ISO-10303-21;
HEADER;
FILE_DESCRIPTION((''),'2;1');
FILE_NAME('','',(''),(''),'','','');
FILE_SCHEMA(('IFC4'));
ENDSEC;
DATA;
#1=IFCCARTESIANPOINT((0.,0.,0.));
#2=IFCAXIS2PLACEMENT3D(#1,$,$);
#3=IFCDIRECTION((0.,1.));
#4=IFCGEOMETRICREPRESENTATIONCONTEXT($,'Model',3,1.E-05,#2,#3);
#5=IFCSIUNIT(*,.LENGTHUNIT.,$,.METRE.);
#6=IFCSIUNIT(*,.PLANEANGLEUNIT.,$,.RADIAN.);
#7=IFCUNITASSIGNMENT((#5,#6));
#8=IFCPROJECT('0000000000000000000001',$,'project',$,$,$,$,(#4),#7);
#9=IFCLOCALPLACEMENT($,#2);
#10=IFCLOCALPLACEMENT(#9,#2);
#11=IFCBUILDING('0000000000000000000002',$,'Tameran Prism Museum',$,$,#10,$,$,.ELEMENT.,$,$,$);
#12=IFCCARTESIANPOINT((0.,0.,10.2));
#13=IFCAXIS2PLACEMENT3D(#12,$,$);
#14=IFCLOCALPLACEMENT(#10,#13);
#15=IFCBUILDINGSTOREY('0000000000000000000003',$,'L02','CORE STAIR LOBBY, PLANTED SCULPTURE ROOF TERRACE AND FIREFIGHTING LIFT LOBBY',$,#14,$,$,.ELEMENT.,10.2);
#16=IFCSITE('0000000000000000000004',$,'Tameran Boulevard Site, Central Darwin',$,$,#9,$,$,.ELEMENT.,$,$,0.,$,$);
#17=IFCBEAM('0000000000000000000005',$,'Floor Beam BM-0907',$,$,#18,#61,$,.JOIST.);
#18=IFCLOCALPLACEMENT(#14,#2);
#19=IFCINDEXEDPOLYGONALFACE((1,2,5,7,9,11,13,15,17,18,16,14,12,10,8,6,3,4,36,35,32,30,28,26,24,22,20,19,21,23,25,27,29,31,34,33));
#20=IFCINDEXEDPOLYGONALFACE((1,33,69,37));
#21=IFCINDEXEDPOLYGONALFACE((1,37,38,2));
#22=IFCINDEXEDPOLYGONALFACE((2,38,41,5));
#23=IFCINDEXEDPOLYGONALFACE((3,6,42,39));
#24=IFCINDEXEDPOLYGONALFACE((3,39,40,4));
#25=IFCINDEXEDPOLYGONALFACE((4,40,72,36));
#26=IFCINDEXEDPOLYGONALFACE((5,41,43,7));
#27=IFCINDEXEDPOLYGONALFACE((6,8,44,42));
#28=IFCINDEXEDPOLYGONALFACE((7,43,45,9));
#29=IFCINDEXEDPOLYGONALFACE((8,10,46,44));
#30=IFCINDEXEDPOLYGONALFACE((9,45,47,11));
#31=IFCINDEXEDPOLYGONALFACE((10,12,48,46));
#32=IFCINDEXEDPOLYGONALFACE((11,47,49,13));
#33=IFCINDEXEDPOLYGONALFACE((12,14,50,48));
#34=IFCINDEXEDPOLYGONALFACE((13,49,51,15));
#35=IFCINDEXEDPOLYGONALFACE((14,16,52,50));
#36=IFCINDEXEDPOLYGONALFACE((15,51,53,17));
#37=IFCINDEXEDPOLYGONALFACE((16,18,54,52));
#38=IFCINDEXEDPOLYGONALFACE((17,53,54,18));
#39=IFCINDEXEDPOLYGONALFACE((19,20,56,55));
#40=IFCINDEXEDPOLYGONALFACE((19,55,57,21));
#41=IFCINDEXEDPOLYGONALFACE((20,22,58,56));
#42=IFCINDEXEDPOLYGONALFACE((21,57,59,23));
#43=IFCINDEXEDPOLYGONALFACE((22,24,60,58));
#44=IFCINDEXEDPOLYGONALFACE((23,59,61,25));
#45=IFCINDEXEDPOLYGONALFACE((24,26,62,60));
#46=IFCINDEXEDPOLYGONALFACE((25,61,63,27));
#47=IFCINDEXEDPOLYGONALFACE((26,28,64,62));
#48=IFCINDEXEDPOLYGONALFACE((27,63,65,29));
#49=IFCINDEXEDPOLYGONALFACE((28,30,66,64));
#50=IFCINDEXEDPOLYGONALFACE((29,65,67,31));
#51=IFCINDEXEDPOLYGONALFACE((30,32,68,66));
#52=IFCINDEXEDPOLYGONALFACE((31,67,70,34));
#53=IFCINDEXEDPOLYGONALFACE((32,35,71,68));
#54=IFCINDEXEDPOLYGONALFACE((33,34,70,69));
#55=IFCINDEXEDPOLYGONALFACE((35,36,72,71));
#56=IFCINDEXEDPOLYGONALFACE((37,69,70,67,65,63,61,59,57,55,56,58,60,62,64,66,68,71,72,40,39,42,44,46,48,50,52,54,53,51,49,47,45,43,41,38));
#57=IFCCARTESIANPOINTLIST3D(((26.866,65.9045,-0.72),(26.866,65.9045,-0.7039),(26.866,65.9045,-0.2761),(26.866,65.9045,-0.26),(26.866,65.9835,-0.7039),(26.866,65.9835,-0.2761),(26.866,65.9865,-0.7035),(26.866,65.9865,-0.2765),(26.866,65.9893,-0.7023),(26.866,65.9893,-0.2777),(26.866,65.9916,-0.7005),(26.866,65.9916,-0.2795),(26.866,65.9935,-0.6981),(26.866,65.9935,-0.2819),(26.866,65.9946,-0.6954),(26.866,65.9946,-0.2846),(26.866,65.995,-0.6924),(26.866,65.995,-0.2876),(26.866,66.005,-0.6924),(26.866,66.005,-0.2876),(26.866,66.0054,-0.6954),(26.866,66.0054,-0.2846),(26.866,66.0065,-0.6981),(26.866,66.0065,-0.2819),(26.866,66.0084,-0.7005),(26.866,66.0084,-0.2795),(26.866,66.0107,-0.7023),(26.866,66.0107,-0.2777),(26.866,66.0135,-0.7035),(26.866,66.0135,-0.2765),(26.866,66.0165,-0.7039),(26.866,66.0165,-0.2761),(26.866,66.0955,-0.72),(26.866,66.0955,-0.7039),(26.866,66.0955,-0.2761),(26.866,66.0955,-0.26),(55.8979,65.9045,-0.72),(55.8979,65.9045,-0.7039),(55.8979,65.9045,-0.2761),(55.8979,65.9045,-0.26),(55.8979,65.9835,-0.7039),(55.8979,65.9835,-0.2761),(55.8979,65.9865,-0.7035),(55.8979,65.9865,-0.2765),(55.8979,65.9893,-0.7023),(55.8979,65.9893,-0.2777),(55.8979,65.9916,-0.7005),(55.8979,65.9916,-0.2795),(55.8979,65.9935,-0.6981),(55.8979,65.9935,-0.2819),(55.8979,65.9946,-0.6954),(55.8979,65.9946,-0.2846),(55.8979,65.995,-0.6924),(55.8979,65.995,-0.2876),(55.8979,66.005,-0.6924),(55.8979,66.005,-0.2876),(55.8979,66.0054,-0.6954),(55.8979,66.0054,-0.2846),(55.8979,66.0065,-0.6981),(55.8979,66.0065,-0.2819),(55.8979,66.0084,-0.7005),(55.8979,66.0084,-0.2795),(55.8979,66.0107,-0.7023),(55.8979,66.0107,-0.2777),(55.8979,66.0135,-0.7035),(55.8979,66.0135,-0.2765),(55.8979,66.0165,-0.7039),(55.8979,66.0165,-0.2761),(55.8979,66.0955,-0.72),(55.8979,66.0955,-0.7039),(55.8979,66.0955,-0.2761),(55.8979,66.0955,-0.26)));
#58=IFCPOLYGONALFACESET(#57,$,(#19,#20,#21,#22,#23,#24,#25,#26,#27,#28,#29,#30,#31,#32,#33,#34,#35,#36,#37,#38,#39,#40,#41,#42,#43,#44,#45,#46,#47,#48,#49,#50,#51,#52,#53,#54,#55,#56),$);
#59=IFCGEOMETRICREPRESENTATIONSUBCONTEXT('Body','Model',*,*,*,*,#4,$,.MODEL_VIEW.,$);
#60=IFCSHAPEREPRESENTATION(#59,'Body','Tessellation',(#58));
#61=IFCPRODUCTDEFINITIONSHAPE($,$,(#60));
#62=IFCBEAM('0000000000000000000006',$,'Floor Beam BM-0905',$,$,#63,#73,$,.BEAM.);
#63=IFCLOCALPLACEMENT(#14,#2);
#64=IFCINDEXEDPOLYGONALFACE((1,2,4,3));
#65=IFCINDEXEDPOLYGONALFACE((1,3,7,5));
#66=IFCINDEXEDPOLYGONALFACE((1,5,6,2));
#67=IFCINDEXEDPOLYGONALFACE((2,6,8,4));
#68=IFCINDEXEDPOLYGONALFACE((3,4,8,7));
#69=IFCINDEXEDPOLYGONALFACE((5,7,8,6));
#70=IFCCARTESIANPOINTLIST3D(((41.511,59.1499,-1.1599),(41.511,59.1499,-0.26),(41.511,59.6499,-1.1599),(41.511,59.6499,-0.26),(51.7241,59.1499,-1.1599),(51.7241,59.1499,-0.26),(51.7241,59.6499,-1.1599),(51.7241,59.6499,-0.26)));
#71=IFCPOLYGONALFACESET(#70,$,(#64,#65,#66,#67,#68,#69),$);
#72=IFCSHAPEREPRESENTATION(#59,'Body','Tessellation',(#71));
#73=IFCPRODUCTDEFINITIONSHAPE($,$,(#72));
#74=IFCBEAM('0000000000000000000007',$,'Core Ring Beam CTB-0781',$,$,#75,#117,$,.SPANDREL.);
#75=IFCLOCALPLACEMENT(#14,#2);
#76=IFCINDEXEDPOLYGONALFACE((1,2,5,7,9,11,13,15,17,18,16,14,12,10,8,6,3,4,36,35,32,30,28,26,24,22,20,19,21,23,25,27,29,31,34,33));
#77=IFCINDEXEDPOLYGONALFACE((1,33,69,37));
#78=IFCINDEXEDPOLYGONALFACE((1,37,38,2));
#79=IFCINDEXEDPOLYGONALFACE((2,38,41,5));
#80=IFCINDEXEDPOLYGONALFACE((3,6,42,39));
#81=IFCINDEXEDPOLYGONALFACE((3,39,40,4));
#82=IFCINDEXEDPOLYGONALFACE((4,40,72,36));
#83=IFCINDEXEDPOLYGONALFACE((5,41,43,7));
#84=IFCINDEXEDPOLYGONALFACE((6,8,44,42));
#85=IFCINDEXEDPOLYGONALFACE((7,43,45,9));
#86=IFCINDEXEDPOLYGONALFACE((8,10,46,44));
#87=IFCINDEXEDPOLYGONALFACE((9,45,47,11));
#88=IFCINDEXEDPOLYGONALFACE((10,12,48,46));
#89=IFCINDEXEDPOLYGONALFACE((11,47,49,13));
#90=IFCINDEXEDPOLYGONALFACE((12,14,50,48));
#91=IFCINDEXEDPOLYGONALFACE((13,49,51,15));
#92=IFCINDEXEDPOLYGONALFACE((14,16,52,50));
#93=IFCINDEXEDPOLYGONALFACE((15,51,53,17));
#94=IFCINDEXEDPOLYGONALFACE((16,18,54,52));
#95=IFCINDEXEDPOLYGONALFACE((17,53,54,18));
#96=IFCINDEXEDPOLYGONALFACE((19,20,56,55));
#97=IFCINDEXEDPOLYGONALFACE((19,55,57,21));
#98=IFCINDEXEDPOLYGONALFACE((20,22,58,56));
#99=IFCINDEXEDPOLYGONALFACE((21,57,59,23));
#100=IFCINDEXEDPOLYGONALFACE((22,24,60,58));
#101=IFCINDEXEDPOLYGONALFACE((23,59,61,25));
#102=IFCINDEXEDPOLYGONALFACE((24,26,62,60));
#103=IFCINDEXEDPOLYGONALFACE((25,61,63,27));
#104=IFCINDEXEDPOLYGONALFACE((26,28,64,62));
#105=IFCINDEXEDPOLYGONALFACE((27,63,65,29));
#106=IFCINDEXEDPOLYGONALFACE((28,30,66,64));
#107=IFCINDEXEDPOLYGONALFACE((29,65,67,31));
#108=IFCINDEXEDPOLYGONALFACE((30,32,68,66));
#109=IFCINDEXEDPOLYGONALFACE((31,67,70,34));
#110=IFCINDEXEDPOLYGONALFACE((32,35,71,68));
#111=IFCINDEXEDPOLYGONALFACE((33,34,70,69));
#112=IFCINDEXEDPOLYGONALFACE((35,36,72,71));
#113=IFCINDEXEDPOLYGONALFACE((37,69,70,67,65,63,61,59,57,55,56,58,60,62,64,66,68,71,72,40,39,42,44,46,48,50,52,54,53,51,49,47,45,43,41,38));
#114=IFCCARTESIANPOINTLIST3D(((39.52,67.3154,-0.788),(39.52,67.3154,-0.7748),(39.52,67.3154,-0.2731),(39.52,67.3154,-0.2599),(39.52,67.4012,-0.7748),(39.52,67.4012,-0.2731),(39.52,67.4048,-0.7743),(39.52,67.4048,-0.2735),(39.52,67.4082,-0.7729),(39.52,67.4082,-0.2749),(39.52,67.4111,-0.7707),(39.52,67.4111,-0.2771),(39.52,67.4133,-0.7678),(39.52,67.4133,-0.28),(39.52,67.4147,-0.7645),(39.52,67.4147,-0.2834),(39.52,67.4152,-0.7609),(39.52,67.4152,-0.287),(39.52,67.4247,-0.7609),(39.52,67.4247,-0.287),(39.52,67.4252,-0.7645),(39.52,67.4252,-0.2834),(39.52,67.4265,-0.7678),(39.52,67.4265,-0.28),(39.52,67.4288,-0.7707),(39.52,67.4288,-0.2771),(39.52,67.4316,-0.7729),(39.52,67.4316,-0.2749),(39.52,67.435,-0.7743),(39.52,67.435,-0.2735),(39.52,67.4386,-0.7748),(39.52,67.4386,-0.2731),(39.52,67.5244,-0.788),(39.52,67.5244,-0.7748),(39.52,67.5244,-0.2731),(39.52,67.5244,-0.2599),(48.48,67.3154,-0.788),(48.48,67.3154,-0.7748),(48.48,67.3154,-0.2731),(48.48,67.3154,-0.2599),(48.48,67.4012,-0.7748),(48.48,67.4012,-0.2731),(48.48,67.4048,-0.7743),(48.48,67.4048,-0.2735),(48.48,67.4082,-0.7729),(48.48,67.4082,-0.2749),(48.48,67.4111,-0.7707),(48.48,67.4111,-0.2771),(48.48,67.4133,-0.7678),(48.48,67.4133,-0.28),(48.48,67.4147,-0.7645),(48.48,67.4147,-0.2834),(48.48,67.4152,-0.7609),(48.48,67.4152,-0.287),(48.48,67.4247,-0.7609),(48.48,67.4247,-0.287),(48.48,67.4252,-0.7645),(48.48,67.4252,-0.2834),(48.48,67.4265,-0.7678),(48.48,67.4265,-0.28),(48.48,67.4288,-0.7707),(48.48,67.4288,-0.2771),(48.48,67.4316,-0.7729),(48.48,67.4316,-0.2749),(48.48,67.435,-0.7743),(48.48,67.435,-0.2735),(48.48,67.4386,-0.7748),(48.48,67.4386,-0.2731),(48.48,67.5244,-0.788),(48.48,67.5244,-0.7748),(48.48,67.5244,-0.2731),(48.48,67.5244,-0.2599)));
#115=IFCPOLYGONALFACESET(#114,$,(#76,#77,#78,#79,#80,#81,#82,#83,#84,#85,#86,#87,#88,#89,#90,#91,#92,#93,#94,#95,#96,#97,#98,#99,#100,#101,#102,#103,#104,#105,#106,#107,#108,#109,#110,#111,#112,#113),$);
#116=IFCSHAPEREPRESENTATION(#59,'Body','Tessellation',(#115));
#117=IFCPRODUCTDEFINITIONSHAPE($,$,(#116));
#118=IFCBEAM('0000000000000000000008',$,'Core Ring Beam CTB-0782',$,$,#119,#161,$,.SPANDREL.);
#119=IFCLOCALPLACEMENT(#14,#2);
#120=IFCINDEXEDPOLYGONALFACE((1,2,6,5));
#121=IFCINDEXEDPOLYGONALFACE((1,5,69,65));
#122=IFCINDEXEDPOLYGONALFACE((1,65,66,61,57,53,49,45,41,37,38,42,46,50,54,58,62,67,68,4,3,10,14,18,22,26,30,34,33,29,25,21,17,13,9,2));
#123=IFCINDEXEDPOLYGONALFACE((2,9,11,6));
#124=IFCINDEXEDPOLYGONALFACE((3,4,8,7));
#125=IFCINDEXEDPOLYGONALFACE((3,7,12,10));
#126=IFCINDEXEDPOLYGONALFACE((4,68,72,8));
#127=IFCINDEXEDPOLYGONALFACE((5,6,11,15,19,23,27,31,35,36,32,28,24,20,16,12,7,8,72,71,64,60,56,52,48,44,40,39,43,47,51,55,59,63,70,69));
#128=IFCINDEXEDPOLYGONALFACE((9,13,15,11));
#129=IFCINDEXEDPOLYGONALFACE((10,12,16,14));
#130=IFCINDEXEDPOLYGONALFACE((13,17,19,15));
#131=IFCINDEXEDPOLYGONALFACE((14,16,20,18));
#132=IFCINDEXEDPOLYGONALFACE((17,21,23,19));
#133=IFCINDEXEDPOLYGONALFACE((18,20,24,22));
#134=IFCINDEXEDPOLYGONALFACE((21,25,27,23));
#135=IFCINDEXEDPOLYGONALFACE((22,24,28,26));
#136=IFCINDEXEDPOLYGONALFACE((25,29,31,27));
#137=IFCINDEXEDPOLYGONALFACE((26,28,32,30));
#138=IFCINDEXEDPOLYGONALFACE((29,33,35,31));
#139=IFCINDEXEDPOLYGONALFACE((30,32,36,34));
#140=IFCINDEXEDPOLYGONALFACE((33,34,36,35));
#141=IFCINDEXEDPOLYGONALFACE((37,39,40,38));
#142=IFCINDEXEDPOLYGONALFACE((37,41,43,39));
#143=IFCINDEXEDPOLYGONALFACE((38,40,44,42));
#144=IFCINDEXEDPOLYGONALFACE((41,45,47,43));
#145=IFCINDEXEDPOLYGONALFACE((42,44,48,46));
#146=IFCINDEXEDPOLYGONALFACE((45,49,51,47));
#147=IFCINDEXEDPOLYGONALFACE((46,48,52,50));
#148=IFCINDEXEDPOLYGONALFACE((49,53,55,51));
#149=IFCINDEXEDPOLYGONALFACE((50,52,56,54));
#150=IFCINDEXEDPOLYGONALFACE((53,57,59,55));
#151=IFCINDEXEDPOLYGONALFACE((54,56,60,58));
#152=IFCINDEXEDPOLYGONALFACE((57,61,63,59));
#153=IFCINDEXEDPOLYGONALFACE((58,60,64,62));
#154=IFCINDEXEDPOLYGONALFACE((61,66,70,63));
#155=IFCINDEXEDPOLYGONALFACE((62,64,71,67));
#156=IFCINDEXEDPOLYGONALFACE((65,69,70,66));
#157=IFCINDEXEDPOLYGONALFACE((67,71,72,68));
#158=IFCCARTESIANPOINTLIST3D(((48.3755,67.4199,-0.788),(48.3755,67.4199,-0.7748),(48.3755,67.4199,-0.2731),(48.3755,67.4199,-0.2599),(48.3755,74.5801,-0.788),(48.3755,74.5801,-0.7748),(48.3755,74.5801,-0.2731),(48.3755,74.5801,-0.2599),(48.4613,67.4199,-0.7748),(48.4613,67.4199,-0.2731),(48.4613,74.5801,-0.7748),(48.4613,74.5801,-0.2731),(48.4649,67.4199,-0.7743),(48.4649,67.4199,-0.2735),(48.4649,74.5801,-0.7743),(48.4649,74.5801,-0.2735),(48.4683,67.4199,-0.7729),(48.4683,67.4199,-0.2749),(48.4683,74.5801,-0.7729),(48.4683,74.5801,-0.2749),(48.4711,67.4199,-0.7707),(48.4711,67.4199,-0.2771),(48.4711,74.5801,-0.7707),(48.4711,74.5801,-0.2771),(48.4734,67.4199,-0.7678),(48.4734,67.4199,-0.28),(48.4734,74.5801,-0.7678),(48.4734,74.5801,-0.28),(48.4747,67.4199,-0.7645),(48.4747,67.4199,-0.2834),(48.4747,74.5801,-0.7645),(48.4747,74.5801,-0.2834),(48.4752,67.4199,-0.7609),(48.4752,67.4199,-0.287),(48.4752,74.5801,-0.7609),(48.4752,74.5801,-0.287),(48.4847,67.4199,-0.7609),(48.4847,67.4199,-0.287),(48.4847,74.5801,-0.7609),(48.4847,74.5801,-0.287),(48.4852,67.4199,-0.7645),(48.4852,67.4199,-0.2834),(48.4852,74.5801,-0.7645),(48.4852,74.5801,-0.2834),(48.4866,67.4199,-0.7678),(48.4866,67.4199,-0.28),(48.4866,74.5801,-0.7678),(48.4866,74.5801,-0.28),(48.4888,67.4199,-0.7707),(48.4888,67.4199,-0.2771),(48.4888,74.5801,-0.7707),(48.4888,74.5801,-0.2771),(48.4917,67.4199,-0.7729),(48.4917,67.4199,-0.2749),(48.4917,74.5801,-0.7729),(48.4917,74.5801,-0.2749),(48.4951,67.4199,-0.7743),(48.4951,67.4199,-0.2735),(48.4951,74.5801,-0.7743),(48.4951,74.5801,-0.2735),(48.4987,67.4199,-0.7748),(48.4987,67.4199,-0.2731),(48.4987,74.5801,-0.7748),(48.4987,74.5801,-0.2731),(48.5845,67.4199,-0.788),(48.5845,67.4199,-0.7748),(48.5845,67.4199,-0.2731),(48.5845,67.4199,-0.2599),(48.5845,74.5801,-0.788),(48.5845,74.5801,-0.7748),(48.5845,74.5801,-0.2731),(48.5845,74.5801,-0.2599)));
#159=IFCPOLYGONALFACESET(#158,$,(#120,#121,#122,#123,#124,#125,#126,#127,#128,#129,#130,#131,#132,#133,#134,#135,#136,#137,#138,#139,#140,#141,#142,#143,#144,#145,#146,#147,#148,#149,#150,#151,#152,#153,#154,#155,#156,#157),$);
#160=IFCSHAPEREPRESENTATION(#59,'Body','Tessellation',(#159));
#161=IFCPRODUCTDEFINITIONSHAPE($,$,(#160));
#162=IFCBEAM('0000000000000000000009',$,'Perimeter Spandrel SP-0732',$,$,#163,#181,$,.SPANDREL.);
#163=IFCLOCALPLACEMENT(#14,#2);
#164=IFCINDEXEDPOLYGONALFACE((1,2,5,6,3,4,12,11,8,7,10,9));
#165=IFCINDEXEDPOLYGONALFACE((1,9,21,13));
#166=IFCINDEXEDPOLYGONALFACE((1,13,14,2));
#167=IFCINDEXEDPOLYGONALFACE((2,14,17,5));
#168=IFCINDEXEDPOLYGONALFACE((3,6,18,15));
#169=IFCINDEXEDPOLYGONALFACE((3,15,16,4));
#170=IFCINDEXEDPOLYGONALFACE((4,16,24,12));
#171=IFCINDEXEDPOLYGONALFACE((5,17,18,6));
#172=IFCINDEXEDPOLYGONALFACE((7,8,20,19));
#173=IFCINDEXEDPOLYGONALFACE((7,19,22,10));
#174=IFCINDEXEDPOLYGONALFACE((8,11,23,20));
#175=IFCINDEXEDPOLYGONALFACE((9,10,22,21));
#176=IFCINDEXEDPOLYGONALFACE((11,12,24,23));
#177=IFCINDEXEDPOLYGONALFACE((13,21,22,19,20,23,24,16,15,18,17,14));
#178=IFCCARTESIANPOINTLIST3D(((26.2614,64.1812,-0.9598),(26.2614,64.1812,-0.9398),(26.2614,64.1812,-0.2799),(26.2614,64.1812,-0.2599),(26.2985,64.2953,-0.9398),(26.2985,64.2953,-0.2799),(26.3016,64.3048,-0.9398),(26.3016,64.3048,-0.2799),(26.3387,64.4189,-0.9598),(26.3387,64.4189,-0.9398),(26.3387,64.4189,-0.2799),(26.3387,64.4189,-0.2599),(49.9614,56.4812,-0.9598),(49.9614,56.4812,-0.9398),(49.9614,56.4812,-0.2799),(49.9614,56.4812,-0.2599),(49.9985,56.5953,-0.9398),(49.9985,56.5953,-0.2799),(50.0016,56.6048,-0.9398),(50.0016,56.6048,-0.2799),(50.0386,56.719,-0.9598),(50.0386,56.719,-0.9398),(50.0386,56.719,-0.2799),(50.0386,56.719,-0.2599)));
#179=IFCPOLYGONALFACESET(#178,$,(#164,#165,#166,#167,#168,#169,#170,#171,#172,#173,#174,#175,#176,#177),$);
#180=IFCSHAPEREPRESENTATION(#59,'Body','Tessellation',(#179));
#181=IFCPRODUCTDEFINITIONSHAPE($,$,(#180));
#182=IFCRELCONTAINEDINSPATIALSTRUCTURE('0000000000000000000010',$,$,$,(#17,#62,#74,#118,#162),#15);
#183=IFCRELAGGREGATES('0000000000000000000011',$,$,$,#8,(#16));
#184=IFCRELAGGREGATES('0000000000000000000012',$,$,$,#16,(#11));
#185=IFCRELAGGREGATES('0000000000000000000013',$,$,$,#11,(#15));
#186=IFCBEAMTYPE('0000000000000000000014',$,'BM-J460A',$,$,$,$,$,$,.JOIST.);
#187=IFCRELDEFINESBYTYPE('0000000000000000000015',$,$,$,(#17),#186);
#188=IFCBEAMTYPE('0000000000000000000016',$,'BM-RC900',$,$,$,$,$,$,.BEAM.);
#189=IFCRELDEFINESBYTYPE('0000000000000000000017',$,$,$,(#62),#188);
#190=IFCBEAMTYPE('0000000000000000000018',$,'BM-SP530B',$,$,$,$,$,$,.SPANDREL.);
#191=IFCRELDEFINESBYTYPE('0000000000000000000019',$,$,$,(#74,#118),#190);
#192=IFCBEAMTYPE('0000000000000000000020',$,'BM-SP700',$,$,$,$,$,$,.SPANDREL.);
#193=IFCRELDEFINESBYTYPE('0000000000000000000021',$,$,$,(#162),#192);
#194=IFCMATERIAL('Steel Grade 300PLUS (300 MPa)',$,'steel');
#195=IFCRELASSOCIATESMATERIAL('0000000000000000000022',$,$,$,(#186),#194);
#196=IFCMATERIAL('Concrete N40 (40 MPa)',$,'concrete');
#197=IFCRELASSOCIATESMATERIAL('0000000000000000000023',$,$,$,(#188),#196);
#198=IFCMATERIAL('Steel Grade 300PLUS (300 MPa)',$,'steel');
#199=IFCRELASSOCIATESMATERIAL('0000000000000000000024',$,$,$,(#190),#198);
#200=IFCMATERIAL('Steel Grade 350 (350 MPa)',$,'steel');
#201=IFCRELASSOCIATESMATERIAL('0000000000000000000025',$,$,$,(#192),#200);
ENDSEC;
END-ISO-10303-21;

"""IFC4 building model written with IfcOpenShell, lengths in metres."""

from ifc_helpers import new_model, si_unit, direction, frame, origin, origin_2d, place, context, subcontext, project, spatial, rectangle, i_section, extrude, material, material_profile, profile_set, type_object, element, save


model = new_model("IFC4")

# Units and contexts
model_context = context("Model", 3, precision=1e-05, world=origin(), true_north=direction((0.0, 1.0)))
body_context = subcontext(model_context, "Body", "Model", "MODEL_VIEW")
ifc_project = project(units=[si_unit("LENGTHUNIT", "METRE"), si_unit("PLANEANGLEUNIT", "RADIAN")], contexts=[model_context])

# Site, building, storey
site_placement = place(None, origin())
site = spatial("IfcSite", under=ifc_project, at=site_placement, Name="Tameran Boulevard Site, Central Darwin", CompositionType="ELEMENT", RefElevation=0.0)
building_placement = place(site_placement, origin())
building = spatial("IfcBuilding", under=site, at=building_placement, Name="Tameran Prism Museum", CompositionType="ELEMENT")
storey_placement = place(building_placement, frame((0.0, 0.0, 10.2)))
storey = spatial("IfcBuildingStorey", under=building, at=storey_placement, Name="L02", Description="CORE STAIR LOBBY, PLANTED SCULPTURE ROOF TERRACE AND FIREFIGHTING LIFT LOBBY", CompositionType="ELEMENT", Elevation=10.2)

# Beams
ifc_material_1 = material(Name="Steel Grade 300PLUS (300 MPa)", Category="steel")
ifc_material_profile_1 = material_profile(ifc_material_1, i_section(OverallWidth=0.1909, OverallDepth=0.46, WebThickness=0.01, FlangeThickness=0.0161, FilletRadius=0.0115, at=origin_2d()))
ifc_profile_set_1 = profile_set([ifc_material_profile_1])
beam_type_1 = type_object("IfcBeamType", Name="BM-J460A", PredefinedType="JOIST", material=ifc_profile_set_1)
beam_1_placement = place(storey_placement, frame((26.866, 66.0, -0.49), z_axis=(1.0, 0.0, 0.0), x_axis=(0.0, 1.0, 0.0)))
element("IfcBeam", 1, at=beam_1_placement, inside=storey, type_object=beam_type_1, Name="Floor Beam BM-0907", PredefinedType="JOIST", context=body_context, shape_type="SweptSolid", body=[
    extrude(i_section(OverallWidth=0.1909, OverallDepth=0.46, WebThickness=0.01, FlangeThickness=0.0161, FilletRadius=0.0115, at=origin_2d()), origin(), (0.0, 0.0, 1.0), 29.032),
])
ifc_material_2 = material(Name="Concrete N40 (40 MPa)", Category="concrete")
ifc_material_profile_2 = material_profile(ifc_material_2, rectangle(XDim=0.5, YDim=0.8999, at=origin_2d()))
ifc_profile_set_2 = profile_set([ifc_material_profile_2])
beam_type_2 = type_object("IfcBeamType", Name="BM-RC900", PredefinedType="BEAM", material=ifc_profile_set_2)
beam_2_placement = place(storey_placement, frame((41.511, 59.3999, -0.71), z_axis=(1.0, 0.0, 0.0), x_axis=(0.0, 1.0, 0.0)))
element("IfcBeam", 2, at=beam_2_placement, inside=storey, type_object=beam_type_2, Name="Floor Beam BM-0905", PredefinedType="BEAM", context=body_context, shape_type="SweptSolid", body=[
    extrude(rectangle(XDim=0.5, YDim=0.8999, at=origin_2d()), origin(), (0.0, 0.0, 1.0), 10.2131),
])
ifc_material_3 = material(Name="Steel Grade 300PLUS (300 MPa)", Category="steel")
ifc_material_profile_3 = material_profile(ifc_material_3, i_section(OverallWidth=0.209, OverallDepth=0.5281, WebThickness=0.0095, FlangeThickness=0.0132, FilletRadius=0.0139, at=origin_2d()))
ifc_profile_set_3 = profile_set([ifc_material_profile_3])
beam_type_3 = type_object("IfcBeamType", Name="BM-SP530B", PredefinedType="SPANDREL", material=ifc_profile_set_3)
beam_3_placement = place(storey_placement, frame((39.52, 67.4199, -0.5239), z_axis=(1.0, 0.0, 0.0), x_axis=(0.0, 1.0, 0.0)))
element("IfcBeam", 3, at=beam_3_placement, inside=storey, type_object=beam_type_3, Name="Core Ring Beam CTB-0781", PredefinedType="SPANDREL", context=body_context, shape_type="SweptSolid", body=[
    extrude(i_section(OverallWidth=0.209, OverallDepth=0.5281, WebThickness=0.0095, FlangeThickness=0.0132, FilletRadius=0.0139, at=origin_2d()), origin(), (0.0, 0.0, 1.0), 8.96),
])
beam_4_placement = place(storey_placement, frame((48.48, 67.4199, -0.5239), z_axis=(0.0, 1.0, 0.0), x_axis=(-1.0, 0.0, 0.0)))
element("IfcBeam", 4, at=beam_4_placement, inside=storey, type_object=beam_type_3, Name="Core Ring Beam CTB-0782", PredefinedType="SPANDREL", context=body_context, shape_type="SweptSolid", body=[
    extrude(i_section(OverallWidth=0.209, OverallDepth=0.5281, WebThickness=0.0095, FlangeThickness=0.0132, FilletRadius=0.0139, at=origin_2d()), origin(), (0.0, 0.0, 1.0), 7.1602),
])
ifc_material_4 = material(Name="Steel Grade 350 (350 MPa)", Category="steel")
ifc_material_profile_4 = material_profile(ifc_material_4, i_section(OverallWidth=0.25, OverallDepth=0.7, WebThickness=0.01, FlangeThickness=0.02, at=origin_2d()))
ifc_profile_set_4 = profile_set([ifc_material_profile_4])
beam_type_4 = type_object("IfcBeamType", Name="BM-SP700", PredefinedType="SPANDREL", material=ifc_profile_set_4)
beam_5_placement = place(storey_placement, frame((26.3, 64.3, -0.6099), z_axis=(0.951064, -0.308994, 0.0), x_axis=(0.308994, 0.951064, 0.0)))
element("IfcBeam", 5, at=beam_5_placement, inside=storey, type_object=beam_type_4, Name="Perimeter Spandrel SP-0732", PredefinedType="SPANDREL", context=body_context, shape_type="SweptSolid", body=[
    extrude(i_section(OverallWidth=0.25, OverallDepth=0.7, WebThickness=0.01, FlangeThickness=0.02, at=origin_2d()), origin(), (0.0, 0.0, 1.0), 24.9194),
])

save(model, "model.ifc")
